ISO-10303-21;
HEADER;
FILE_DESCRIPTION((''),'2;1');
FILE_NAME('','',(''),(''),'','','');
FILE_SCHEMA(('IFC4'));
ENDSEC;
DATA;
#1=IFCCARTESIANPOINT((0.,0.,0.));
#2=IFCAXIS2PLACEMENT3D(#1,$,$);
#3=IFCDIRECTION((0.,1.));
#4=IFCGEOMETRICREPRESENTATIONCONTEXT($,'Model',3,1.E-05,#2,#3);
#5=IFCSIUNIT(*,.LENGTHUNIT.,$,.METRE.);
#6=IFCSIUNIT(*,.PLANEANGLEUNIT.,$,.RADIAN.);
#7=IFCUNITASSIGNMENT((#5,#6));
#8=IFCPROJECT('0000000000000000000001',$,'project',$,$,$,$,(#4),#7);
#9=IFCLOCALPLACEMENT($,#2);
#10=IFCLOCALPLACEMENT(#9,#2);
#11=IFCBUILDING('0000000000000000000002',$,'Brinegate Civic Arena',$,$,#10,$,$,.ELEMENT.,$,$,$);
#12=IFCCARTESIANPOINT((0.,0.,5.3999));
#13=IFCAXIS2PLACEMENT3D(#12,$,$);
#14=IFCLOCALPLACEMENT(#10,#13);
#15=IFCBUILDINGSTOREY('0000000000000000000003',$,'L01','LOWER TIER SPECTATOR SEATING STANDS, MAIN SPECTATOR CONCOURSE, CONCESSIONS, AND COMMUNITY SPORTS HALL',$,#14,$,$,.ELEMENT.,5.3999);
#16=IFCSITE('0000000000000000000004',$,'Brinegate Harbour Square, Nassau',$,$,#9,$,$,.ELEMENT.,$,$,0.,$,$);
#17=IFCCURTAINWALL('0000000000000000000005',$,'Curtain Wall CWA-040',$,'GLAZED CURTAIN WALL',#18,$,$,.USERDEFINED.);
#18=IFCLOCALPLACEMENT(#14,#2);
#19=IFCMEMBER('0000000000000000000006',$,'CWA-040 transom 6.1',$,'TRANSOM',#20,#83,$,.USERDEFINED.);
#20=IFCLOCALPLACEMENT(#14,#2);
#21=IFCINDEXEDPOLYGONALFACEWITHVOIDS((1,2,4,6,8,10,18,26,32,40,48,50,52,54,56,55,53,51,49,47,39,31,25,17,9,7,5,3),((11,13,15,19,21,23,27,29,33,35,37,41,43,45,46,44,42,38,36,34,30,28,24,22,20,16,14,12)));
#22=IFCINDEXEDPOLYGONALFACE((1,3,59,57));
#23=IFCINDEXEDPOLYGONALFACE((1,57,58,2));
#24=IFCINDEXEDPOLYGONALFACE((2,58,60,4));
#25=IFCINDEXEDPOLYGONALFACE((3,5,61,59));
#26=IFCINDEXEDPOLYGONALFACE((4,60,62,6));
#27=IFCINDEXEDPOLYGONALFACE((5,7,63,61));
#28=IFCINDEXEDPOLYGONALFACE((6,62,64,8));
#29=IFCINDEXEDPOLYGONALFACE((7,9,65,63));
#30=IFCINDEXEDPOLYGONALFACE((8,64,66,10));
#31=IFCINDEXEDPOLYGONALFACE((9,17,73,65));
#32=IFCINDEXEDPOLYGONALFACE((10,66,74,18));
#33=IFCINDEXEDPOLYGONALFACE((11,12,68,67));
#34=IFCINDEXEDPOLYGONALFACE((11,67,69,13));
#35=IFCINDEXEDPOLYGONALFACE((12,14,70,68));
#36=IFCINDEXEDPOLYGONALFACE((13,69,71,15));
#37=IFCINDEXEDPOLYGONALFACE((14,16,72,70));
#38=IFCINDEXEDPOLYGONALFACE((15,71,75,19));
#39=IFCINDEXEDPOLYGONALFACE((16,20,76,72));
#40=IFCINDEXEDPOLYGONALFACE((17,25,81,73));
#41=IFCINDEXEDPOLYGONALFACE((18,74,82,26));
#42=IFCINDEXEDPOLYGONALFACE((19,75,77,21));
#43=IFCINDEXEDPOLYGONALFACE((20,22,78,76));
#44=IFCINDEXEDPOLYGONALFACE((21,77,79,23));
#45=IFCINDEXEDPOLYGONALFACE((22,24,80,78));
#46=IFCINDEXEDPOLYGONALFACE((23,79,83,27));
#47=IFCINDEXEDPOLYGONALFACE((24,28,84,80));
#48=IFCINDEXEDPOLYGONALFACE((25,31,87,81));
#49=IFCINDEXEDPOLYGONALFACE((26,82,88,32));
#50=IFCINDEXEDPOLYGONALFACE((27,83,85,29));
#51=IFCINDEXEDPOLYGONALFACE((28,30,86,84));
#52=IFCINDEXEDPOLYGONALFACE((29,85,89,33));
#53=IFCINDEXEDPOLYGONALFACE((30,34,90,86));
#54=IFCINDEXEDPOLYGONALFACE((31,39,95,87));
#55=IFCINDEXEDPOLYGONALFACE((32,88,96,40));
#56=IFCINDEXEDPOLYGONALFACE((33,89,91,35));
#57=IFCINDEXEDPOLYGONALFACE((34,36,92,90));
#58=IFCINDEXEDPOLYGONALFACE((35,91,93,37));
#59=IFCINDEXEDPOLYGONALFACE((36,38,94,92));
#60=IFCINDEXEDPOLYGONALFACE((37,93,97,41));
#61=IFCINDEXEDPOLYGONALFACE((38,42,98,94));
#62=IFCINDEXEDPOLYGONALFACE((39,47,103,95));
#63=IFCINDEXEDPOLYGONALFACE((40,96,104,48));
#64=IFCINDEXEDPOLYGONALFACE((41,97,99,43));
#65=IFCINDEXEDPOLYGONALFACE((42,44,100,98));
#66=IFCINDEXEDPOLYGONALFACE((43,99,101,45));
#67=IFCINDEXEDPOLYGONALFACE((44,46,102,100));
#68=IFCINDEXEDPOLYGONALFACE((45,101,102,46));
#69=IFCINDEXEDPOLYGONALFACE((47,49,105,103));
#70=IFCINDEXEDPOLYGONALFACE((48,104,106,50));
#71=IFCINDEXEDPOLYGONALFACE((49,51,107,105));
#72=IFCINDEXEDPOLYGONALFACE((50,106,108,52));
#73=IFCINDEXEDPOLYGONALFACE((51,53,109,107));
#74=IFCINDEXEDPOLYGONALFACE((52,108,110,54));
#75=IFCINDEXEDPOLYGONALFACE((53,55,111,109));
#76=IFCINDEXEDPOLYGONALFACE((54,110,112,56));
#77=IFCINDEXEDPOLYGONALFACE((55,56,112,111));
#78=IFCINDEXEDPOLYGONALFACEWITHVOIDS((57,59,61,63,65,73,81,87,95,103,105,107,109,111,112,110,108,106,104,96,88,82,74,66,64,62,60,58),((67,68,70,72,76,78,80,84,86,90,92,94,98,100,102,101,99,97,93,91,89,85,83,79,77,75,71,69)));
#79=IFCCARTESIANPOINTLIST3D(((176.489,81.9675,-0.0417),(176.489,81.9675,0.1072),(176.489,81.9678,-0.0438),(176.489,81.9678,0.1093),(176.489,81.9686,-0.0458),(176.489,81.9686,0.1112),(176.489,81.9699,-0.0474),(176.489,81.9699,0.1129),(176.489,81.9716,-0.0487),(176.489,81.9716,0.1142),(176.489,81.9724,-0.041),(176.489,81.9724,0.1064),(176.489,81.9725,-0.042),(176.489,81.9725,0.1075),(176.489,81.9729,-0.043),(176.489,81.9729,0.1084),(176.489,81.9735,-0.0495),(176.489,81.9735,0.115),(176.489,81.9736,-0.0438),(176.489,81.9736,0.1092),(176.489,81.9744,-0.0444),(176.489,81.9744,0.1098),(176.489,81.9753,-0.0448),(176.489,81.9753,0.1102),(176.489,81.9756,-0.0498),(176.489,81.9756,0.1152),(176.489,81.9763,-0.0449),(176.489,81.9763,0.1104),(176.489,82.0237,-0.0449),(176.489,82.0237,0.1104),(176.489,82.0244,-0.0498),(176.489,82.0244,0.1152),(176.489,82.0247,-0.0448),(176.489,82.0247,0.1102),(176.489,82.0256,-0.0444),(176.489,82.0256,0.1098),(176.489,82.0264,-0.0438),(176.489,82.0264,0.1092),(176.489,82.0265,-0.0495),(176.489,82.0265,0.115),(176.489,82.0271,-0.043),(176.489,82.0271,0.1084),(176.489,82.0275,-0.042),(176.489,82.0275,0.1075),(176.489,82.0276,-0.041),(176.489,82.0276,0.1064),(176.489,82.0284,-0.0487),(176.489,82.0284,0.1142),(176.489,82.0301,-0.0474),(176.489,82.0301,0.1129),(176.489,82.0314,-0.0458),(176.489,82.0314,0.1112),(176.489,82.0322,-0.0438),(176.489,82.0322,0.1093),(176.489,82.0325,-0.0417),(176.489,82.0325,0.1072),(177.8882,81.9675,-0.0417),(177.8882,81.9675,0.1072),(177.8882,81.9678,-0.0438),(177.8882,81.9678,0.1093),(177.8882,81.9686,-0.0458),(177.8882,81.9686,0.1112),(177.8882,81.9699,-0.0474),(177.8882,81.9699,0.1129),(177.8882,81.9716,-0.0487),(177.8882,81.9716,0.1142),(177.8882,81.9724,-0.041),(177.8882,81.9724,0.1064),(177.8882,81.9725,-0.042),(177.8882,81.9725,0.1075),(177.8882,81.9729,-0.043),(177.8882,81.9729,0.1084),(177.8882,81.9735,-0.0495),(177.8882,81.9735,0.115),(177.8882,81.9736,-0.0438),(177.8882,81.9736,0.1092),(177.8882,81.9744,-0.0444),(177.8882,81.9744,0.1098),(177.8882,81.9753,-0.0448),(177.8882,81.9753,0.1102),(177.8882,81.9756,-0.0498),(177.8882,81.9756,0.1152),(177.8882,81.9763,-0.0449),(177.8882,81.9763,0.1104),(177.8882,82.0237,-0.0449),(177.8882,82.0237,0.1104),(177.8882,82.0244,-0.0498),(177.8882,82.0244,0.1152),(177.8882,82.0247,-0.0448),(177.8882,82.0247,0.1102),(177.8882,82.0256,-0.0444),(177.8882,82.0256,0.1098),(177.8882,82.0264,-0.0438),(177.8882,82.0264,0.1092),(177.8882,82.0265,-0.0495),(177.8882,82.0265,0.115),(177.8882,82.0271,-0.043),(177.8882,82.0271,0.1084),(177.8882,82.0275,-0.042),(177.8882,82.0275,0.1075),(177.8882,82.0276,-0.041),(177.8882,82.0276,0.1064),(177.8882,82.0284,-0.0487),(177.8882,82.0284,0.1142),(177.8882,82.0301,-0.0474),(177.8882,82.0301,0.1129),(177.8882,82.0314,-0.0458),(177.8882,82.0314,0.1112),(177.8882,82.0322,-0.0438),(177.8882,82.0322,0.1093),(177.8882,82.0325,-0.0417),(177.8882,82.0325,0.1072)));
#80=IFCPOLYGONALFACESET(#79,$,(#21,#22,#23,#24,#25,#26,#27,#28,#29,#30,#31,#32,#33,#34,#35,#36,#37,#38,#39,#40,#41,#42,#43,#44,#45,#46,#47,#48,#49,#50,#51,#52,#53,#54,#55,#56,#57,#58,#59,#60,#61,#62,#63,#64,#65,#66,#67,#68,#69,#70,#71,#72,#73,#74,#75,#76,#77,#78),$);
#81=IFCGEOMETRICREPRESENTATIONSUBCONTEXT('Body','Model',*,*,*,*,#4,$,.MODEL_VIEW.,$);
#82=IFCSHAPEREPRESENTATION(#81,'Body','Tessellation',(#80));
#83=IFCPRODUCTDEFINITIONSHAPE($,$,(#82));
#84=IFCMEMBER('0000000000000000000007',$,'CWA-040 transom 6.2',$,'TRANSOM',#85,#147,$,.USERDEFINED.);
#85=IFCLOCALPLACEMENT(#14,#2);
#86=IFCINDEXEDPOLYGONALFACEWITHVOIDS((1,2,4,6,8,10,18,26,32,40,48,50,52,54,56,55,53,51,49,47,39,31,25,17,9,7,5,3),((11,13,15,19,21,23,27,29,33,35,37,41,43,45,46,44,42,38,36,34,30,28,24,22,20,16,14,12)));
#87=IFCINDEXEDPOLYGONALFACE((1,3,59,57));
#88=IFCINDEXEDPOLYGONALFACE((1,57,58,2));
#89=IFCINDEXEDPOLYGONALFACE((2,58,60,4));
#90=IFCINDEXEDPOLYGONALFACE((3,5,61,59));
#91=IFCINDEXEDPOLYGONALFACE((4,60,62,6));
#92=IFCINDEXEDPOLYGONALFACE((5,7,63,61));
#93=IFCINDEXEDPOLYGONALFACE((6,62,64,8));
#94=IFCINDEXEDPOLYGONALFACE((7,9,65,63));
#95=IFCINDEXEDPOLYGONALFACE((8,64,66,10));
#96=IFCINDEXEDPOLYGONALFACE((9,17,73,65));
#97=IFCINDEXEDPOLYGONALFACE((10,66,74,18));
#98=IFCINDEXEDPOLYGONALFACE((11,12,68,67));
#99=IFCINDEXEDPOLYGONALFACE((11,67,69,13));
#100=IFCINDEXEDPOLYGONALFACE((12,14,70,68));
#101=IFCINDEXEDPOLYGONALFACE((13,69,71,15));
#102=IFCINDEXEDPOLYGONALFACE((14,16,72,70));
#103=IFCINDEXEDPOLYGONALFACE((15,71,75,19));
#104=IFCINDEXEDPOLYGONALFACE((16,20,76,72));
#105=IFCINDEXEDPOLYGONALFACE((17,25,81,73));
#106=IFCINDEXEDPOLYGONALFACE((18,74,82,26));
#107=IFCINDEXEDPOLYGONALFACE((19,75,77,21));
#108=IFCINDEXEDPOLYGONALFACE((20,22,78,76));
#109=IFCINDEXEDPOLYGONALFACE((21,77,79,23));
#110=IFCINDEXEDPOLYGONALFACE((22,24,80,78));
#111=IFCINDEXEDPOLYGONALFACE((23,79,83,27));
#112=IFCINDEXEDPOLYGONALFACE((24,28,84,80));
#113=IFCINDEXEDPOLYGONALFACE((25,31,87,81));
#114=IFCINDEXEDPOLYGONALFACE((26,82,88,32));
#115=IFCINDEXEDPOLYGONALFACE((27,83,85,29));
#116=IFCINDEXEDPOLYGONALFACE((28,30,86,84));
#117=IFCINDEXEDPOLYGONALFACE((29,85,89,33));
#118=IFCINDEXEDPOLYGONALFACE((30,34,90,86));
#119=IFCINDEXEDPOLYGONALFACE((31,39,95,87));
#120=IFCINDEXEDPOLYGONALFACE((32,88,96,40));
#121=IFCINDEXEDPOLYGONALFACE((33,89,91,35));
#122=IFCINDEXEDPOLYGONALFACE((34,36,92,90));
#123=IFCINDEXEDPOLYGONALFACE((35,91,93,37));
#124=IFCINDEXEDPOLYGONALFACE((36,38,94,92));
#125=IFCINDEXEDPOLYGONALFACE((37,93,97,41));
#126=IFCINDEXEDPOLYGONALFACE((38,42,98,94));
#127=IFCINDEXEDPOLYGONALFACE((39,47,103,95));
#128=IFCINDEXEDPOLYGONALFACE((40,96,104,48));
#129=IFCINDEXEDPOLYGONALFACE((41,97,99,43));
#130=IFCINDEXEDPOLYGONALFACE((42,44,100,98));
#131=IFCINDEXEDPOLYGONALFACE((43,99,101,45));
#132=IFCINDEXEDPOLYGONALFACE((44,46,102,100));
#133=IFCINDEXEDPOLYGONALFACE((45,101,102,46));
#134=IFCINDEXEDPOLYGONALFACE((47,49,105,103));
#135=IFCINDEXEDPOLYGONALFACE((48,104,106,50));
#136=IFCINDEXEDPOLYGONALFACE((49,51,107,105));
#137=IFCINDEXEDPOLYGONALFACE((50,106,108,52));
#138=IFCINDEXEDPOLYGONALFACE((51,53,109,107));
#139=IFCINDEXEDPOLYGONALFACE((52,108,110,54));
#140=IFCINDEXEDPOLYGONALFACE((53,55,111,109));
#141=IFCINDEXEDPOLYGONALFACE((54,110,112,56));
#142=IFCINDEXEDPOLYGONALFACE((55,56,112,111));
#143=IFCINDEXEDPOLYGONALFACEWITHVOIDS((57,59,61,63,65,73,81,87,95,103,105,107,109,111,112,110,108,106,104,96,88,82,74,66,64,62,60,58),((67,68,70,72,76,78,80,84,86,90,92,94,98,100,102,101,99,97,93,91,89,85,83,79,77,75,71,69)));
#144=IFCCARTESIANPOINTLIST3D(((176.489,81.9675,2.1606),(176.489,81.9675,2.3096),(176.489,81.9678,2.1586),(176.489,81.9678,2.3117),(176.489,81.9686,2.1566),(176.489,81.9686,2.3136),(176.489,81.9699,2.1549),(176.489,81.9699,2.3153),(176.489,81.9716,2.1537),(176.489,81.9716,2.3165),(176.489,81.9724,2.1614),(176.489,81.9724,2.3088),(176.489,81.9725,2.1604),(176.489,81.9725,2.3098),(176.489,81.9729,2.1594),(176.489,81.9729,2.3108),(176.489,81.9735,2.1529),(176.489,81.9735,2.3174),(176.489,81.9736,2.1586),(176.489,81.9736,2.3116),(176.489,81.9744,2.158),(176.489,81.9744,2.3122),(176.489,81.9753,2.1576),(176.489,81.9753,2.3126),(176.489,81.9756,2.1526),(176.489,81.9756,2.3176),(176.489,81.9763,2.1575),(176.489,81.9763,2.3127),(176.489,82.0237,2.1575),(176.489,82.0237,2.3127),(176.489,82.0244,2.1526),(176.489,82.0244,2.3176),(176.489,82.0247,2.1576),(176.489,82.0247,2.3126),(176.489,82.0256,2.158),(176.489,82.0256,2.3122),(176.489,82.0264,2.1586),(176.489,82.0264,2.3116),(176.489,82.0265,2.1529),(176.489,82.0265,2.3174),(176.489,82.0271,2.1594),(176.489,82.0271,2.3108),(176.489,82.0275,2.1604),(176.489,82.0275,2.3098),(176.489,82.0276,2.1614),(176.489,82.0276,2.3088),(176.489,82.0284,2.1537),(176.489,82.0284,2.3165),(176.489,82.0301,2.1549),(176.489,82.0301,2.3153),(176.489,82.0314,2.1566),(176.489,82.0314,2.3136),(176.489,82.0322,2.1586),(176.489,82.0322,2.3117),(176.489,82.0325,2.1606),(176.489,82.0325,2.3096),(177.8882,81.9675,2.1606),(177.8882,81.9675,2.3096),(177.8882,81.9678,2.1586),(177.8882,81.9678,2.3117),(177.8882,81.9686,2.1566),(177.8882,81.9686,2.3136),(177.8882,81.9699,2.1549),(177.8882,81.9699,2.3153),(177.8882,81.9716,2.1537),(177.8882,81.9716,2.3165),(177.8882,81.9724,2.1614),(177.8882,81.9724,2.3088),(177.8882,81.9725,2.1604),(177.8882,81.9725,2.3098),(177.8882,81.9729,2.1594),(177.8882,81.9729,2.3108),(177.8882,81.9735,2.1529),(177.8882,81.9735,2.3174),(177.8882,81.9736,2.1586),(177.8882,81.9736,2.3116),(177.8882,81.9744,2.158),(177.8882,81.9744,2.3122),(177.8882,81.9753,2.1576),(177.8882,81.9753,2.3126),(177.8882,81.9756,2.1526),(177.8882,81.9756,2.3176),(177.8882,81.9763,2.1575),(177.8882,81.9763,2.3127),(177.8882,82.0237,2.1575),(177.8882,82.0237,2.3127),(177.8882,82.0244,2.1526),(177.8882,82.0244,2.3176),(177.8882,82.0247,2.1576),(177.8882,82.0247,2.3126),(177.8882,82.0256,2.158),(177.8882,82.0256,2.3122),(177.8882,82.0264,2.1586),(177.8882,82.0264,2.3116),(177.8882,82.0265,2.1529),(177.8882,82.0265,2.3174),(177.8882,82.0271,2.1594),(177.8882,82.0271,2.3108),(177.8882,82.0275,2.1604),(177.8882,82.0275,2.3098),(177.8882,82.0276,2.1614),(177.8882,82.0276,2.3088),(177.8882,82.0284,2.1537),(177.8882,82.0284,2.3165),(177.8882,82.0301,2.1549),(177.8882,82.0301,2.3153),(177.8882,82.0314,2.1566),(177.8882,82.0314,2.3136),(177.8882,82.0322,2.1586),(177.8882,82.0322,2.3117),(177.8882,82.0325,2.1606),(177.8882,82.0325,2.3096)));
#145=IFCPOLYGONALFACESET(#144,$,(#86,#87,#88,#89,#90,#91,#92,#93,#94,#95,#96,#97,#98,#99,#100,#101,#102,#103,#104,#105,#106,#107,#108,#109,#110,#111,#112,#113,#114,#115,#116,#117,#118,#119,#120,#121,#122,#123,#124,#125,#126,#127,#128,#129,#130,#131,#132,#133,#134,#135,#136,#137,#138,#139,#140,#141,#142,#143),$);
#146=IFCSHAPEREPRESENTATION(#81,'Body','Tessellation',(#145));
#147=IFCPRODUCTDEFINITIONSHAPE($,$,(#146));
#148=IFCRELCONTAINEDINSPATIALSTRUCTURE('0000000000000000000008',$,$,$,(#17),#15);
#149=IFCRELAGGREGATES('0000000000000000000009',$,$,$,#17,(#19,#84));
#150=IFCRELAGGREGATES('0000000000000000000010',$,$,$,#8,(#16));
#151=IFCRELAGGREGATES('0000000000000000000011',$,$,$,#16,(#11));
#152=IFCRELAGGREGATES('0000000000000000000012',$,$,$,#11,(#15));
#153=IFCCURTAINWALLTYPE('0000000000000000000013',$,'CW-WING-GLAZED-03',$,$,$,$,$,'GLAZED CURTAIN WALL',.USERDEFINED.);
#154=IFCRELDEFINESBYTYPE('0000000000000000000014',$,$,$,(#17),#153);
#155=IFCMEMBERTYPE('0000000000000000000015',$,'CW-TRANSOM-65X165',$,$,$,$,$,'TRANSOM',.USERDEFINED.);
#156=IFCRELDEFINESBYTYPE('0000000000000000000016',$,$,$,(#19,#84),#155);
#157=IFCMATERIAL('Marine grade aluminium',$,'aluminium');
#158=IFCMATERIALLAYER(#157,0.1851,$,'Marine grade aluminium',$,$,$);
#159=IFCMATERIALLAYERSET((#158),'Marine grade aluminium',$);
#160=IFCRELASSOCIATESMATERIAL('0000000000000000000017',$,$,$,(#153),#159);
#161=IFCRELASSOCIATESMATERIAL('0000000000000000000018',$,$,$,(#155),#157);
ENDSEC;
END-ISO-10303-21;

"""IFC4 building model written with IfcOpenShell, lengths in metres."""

from ifc_helpers import new_model, si_unit, direction, frame, origin, origin_2d, place, context, subcontext, project, spatial, hollow_rectangle, extrude, material, layer, layer_set, material_profile, profile_set, type_object, element, aggregate, save


model = new_model("IFC4")

# Units and contexts
model_context = context("Model", 3, precision=1e-05, world=origin(), true_north=direction((0.0, 1.0)))
body_context = subcontext(model_context, "Body", "Model", "MODEL_VIEW")
ifc_project = project(units=[si_unit("LENGTHUNIT", "METRE"), si_unit("PLANEANGLEUNIT", "RADIAN")], contexts=[model_context])

# Site, building, storey
site_placement = place(None, origin())
site = spatial("IfcSite", under=ifc_project, at=site_placement, Name="Brinegate Harbour Square, Nassau", CompositionType="ELEMENT", RefElevation=0.0)
building_placement = place(site_placement, origin())
building = spatial("IfcBuilding", under=site, at=building_placement, Name="Brinegate Civic Arena", CompositionType="ELEMENT")
storey_placement = place(building_placement, frame((0.0, 0.0, 5.3999)))
storey = spatial("IfcBuildingStorey", under=building, at=storey_placement, Name="L01", Description="LOWER TIER SPECTATOR SEATING STANDS, MAIN SPECTATOR CONCOURSE, CONCESSIONS, AND COMMUNITY SPORTS HALL", CompositionType="ELEMENT", Elevation=5.3999)

# Curtain wall, members
ifc_material_1 = material(Name="Marine grade aluminium", Category="aluminium")
ifc_layer_1 = layer(ifc_material_1, 0.1851, Name="Marine grade aluminium")
ifc_layer_set_1 = layer_set([ifc_layer_1], Name="Marine grade aluminium")
curtain_wall_type = type_object("IfcCurtainWallType", Name="CW-WING-GLAZED-03", ElementType="GLAZED CURTAIN WALL", PredefinedType="USERDEFINED", material=ifc_layer_set_1)
curtain_wall_placement = place(storey_placement, origin())
curtain_wall = element("IfcCurtainWall", 1, at=curtain_wall_placement, inside=storey, type_object=curtain_wall_type, Name="Curtain Wall CWA-040", ObjectType="GLAZED CURTAIN WALL", PredefinedType="USERDEFINED")
ifc_material_profile_1 = material_profile(ifc_material_1, hollow_rectangle(XDim=0.0649, YDim=0.165, WallThickness=0.0049, InnerFilletRadius=0.0039, OuterFilletRadius=0.0081, at=origin_2d()), Name="TRN65X165")
ifc_profile_set_1 = profile_set([ifc_material_profile_1], Name="Marine grade aluminium")
member_type_1 = type_object("IfcMemberType", Name="CW-TRANSOM-65X165", ElementType="TRANSOM", PredefinedType="USERDEFINED", material=ifc_profile_set_1)
member_1_placement = place(storey_placement, frame((176.489, 82.0, 0.0327), z_axis=(1.0, 0.0, 0.0), x_axis=(0.0, 1.0, 0.0)))
member_1 = element("IfcMember", 2, at=member_1_placement, type_object=member_type_1, Name="CWA-040 transom 6.1", ObjectType="TRANSOM", PredefinedType="USERDEFINED", context=body_context, shape_type="SweptSolid", body=[
    extrude(hollow_rectangle(XDim=0.0649, YDim=0.165, WallThickness=0.0049, InnerFilletRadius=0.0039, OuterFilletRadius=0.0081, at=origin_2d()), origin(), (0.0, 0.0, 1.0), 1.3992),
])
member_2_placement = place(storey_placement, frame((176.489, 82.0, 2.2351), z_axis=(1.0, 0.0, 0.0), x_axis=(0.0, 1.0, 0.0)))
member_2 = element("IfcMember", 3, at=member_2_placement, type_object=member_type_1, Name="CWA-040 transom 6.2", ObjectType="TRANSOM", PredefinedType="USERDEFINED", context=body_context, shape_type="SweptSolid", body=[
    extrude(hollow_rectangle(XDim=0.0649, YDim=0.165, WallThickness=0.0049, InnerFilletRadius=0.0039, OuterFilletRadius=0.0081, at=origin_2d()), origin(), (0.0, 0.0, 1.0), 1.3992),
])
aggregate(curtain_wall, [member_1, member_2])

save(model, "model.ifc")
